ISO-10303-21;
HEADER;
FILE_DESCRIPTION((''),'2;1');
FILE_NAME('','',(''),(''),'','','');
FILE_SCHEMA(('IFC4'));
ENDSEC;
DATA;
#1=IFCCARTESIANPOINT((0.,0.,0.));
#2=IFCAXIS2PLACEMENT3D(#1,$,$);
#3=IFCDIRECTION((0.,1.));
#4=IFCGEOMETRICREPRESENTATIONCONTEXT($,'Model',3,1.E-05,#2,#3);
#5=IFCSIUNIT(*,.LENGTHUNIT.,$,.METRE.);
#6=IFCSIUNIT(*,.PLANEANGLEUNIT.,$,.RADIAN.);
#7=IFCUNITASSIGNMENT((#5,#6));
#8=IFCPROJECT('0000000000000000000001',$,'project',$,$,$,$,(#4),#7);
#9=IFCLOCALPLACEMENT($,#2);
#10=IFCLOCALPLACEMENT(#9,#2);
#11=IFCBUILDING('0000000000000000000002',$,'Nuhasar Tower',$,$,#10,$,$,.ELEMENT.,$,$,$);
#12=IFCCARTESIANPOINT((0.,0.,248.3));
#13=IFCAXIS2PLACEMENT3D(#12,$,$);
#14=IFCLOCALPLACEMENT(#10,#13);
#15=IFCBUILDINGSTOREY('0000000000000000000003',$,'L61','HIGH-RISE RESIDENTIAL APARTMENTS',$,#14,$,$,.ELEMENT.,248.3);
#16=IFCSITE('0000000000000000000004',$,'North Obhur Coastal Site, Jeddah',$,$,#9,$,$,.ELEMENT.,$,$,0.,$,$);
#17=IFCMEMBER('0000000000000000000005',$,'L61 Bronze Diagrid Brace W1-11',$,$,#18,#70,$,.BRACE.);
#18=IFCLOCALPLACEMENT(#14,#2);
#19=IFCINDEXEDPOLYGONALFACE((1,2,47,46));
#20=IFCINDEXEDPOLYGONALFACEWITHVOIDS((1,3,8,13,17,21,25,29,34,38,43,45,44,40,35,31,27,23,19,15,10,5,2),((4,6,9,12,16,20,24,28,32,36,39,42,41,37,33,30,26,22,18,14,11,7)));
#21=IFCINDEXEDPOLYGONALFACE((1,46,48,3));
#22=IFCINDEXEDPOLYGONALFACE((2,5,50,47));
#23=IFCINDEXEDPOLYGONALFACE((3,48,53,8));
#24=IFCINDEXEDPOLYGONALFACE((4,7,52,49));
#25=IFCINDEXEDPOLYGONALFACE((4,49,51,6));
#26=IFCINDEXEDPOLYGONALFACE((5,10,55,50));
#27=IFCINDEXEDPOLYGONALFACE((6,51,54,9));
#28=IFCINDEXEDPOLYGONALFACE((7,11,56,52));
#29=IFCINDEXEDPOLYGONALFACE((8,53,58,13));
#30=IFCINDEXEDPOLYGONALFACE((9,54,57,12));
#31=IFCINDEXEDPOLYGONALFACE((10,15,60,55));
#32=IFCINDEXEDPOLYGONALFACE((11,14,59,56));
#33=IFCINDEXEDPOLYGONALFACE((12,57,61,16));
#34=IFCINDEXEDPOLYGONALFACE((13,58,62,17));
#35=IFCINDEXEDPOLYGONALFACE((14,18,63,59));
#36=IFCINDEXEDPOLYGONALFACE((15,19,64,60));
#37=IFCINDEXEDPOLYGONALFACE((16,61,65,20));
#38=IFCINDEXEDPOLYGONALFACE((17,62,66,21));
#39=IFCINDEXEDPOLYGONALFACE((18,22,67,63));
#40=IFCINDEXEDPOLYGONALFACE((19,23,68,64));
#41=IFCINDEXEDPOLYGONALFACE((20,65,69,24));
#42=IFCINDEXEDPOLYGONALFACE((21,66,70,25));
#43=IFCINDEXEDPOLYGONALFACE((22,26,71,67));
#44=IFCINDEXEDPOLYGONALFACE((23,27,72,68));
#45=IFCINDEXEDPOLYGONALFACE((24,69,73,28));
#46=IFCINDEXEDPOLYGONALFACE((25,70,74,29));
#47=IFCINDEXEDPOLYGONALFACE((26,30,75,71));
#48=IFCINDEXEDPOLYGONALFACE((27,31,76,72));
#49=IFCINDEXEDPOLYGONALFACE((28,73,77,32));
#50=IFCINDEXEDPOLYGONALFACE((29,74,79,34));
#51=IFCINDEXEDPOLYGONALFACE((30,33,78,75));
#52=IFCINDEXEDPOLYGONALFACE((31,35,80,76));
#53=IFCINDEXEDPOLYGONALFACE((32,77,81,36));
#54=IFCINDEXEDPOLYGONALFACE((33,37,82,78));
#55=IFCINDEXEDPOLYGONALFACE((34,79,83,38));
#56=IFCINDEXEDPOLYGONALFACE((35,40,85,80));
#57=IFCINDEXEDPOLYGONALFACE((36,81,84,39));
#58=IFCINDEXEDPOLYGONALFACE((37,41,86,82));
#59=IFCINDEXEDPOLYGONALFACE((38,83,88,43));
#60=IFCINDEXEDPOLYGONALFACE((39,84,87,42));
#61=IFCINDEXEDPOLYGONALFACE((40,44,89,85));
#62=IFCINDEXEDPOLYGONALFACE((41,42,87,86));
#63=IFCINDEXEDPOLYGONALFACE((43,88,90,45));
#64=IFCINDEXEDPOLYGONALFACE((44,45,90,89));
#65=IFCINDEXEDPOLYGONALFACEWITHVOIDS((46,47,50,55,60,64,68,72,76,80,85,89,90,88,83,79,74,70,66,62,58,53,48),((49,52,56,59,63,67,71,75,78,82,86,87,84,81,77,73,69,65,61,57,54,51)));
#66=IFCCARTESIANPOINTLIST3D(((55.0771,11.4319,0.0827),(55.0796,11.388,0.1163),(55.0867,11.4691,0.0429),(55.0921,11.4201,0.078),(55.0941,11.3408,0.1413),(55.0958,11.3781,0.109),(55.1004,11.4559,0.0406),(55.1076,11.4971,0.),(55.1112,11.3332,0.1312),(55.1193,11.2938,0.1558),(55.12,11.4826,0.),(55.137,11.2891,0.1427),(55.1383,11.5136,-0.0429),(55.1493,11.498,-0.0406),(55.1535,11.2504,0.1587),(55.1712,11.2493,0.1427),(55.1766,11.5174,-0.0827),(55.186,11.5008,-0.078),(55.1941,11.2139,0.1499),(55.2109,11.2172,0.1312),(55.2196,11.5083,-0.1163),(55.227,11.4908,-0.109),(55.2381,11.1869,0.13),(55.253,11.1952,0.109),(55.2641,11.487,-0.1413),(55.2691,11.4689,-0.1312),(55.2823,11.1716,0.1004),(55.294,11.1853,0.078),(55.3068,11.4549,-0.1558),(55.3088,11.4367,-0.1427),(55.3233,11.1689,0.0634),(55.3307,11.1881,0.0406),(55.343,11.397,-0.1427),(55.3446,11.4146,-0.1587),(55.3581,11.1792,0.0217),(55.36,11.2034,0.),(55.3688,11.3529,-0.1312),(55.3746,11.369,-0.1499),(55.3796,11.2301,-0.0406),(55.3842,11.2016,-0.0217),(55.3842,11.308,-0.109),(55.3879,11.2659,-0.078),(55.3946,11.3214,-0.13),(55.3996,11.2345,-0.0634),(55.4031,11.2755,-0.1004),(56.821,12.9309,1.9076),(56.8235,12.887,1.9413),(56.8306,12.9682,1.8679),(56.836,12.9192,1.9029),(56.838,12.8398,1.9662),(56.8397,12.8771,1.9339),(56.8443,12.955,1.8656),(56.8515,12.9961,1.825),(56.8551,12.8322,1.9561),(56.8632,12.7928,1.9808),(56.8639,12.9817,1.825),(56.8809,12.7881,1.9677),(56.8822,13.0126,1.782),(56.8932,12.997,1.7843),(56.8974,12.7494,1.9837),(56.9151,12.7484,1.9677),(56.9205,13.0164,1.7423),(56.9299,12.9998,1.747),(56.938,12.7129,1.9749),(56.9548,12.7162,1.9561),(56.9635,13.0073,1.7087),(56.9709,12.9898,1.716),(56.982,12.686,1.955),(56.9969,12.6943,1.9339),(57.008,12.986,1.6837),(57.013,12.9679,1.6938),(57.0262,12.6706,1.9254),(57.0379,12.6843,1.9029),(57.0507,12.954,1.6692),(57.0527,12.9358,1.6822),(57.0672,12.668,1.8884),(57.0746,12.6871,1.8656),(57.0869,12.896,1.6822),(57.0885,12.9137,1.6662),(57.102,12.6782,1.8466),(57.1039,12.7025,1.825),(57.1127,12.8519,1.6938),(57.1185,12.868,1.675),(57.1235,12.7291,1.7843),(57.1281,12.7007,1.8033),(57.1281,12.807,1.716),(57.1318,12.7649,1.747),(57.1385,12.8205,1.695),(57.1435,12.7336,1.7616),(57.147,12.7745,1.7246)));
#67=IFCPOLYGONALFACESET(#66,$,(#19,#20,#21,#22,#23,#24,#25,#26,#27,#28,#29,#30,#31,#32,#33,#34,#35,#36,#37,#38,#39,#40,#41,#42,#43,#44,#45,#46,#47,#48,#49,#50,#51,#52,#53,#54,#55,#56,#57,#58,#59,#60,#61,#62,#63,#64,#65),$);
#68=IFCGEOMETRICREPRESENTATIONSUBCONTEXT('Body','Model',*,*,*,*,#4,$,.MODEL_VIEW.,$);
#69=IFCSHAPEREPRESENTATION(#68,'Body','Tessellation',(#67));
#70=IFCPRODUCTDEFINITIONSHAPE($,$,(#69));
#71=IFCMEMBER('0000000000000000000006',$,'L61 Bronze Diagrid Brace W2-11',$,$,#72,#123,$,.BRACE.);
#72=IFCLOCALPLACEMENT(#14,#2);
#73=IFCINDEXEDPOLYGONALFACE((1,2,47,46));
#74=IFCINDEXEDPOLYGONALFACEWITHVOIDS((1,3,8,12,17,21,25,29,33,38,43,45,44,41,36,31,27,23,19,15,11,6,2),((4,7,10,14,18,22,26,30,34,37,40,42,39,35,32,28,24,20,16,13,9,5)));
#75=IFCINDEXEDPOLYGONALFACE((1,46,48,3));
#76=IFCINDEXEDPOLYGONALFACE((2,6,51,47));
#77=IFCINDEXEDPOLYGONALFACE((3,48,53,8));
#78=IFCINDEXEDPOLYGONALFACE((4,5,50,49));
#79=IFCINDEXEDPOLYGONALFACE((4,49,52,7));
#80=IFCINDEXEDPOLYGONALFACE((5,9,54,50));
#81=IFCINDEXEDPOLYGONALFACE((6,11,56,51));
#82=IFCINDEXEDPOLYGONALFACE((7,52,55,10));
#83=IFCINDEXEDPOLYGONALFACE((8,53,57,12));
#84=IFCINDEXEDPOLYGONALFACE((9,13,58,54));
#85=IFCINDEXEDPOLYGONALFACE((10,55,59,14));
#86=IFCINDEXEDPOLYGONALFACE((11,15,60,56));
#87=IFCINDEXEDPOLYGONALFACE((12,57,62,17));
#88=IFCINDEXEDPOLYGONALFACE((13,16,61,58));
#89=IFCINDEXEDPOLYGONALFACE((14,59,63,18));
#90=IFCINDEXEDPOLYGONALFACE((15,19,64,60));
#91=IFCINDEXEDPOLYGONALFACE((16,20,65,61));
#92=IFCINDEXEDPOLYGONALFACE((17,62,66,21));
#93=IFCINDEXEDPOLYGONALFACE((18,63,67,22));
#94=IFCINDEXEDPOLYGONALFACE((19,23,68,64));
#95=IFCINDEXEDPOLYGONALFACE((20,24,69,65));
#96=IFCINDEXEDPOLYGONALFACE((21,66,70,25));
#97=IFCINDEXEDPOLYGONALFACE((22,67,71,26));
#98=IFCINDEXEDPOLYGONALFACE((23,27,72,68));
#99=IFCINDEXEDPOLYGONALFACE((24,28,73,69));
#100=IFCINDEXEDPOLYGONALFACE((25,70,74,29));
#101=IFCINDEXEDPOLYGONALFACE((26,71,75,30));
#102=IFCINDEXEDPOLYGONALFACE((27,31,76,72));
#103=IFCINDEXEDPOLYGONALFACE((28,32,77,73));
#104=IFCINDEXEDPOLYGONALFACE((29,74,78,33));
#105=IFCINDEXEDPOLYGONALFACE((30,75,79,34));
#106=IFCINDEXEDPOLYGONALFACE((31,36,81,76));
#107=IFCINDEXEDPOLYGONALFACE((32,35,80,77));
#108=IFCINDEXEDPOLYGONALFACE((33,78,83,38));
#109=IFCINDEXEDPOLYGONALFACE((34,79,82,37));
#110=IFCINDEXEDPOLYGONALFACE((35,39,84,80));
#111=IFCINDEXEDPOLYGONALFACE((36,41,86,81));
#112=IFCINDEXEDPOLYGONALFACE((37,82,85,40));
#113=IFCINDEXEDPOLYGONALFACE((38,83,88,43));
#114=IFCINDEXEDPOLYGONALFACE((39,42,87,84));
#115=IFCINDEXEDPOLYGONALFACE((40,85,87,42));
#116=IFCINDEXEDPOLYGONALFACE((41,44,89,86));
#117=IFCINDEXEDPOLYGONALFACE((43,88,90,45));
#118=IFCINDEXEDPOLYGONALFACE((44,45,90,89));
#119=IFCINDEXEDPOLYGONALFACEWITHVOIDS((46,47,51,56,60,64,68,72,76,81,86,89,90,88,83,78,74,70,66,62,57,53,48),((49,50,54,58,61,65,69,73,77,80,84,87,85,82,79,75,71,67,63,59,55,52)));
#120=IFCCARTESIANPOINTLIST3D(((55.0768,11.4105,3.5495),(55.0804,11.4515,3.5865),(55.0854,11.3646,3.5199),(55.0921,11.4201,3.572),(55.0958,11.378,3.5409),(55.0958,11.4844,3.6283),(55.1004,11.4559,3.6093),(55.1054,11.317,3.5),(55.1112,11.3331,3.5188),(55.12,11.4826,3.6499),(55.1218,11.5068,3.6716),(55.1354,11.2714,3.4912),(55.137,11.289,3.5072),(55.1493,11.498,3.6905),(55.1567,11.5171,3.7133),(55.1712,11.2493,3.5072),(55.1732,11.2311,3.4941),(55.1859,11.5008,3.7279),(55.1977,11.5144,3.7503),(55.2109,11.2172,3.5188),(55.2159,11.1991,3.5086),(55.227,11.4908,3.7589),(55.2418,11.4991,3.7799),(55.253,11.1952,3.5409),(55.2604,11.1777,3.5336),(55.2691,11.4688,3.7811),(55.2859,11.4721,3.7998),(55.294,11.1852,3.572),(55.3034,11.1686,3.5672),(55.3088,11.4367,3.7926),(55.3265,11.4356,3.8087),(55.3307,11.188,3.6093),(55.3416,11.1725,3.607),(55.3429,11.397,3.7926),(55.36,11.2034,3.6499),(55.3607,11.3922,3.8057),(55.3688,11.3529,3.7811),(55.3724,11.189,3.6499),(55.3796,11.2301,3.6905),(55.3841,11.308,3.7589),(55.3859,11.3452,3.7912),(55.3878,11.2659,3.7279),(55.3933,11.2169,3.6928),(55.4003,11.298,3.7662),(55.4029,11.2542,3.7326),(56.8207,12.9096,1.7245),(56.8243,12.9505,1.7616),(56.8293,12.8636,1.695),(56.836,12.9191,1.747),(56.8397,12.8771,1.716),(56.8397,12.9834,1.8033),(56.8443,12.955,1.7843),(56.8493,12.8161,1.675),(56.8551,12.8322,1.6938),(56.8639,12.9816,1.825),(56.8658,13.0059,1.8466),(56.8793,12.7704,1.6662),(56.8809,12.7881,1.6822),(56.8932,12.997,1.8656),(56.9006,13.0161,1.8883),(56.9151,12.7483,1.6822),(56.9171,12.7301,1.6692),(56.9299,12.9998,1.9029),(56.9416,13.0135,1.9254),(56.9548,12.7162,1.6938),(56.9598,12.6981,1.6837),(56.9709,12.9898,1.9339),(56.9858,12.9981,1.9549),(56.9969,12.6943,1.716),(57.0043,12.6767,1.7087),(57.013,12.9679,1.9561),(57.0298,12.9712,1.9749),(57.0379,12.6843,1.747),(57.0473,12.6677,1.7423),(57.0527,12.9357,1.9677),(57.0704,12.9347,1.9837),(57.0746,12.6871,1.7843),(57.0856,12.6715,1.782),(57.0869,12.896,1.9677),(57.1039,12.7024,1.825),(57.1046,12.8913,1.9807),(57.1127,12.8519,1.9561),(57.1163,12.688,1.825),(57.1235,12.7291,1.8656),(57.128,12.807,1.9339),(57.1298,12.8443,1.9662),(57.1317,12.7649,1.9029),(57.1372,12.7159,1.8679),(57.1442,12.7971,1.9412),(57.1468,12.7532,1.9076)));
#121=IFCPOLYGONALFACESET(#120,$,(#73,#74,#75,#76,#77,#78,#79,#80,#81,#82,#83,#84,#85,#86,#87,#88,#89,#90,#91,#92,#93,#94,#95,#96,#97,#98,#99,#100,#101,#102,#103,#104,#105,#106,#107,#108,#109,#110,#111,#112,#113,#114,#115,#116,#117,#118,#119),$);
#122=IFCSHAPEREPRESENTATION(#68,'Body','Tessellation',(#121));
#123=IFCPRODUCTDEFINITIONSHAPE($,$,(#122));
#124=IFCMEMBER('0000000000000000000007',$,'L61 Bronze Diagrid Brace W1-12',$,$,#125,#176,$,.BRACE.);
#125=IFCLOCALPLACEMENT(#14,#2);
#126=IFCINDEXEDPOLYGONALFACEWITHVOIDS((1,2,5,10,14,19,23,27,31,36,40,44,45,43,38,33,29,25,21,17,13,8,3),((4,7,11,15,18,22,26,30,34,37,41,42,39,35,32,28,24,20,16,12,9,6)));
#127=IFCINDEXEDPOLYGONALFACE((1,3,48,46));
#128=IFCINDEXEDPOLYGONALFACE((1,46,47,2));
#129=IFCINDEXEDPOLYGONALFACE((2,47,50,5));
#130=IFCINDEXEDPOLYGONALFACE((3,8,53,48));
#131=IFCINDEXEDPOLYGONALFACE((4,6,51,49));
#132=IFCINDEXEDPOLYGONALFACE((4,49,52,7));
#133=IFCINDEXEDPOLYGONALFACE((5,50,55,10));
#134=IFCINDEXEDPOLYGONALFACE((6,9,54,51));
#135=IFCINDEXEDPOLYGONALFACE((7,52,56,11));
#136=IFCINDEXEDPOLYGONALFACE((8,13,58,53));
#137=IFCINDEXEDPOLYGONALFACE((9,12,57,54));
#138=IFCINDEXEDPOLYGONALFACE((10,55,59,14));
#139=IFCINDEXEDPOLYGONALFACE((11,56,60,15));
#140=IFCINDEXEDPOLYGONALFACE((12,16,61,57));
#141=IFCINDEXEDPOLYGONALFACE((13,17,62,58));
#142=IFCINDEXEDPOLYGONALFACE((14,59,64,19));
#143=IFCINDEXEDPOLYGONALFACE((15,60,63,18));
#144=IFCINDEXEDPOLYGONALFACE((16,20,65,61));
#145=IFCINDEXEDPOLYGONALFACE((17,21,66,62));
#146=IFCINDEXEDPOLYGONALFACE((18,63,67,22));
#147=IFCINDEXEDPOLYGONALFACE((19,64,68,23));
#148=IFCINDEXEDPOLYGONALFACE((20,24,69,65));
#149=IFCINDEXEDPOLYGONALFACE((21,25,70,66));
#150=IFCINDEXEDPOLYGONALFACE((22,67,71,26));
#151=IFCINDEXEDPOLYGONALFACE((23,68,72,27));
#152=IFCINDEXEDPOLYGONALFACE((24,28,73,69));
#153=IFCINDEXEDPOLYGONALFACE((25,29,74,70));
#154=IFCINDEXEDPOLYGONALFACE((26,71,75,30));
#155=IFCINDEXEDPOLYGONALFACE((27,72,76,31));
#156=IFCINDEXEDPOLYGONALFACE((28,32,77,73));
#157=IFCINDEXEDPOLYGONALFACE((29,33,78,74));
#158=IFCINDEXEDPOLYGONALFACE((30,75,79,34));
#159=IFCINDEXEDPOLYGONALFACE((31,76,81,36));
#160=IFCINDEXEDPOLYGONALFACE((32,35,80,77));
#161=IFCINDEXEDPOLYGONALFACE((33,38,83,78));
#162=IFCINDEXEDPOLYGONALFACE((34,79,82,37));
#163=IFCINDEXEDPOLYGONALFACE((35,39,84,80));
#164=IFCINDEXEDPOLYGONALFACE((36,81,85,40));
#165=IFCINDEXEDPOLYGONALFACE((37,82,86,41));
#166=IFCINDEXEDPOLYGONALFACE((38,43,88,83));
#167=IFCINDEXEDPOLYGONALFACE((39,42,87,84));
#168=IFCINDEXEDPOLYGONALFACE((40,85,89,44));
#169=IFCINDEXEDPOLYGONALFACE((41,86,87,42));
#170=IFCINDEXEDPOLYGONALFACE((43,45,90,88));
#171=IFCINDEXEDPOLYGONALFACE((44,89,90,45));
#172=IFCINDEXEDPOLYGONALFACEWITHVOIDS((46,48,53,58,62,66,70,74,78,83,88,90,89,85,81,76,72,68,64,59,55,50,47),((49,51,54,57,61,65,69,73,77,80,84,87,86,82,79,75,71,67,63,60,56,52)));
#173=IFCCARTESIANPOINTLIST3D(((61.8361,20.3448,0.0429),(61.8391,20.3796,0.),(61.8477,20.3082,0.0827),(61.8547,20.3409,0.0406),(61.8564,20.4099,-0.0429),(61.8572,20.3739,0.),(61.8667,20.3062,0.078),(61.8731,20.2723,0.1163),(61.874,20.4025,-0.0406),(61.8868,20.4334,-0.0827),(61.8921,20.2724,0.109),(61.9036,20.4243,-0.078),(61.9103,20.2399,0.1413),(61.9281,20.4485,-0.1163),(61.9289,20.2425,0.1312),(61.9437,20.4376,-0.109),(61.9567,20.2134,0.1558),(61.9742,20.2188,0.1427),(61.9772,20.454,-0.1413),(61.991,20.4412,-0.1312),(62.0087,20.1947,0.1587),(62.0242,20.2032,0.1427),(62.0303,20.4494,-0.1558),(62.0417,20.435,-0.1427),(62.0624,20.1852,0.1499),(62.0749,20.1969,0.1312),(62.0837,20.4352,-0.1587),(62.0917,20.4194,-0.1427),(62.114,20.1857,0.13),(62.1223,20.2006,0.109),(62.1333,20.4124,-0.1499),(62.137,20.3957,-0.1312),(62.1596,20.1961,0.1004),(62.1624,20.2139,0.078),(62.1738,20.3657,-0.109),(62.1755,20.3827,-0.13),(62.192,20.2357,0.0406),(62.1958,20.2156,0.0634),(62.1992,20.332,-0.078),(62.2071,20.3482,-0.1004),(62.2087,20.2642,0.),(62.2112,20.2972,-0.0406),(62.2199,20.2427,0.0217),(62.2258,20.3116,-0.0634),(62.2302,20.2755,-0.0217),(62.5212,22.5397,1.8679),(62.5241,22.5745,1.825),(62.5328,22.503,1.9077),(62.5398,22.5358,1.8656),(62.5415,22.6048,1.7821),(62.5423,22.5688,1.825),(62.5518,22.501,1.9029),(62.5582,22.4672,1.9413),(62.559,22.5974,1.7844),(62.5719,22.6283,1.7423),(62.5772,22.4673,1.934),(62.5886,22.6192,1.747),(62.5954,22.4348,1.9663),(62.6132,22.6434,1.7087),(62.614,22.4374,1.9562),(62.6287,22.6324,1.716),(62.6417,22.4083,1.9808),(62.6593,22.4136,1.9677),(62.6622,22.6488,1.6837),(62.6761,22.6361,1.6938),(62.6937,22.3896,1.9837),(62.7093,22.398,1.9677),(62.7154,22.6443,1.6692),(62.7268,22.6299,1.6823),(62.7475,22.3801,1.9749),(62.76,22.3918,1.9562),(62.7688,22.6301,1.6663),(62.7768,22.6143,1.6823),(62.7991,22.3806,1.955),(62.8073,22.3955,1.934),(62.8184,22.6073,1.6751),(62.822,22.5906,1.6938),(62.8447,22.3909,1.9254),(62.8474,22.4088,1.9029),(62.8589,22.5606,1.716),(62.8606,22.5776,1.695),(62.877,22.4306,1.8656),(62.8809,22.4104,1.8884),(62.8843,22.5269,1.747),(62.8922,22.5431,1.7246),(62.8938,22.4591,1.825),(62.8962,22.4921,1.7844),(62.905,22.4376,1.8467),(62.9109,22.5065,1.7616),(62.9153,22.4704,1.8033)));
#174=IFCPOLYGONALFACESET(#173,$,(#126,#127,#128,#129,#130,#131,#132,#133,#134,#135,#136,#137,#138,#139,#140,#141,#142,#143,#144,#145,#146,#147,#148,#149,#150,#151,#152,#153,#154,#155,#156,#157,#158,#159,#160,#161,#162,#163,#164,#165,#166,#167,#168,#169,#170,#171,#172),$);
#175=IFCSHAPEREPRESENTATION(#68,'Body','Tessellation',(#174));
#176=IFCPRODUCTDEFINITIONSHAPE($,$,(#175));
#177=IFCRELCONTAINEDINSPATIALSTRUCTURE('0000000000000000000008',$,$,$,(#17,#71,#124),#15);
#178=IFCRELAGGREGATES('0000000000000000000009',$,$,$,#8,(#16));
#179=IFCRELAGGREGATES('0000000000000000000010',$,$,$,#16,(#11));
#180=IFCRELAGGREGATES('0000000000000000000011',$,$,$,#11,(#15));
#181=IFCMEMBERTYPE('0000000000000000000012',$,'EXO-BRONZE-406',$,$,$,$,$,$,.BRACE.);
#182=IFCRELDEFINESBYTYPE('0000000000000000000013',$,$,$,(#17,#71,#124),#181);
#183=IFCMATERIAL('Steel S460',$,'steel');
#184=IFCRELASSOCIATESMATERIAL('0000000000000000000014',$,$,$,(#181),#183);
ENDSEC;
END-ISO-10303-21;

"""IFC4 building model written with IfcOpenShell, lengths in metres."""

from ifc_helpers import new_model, si_unit, direction, frame, origin, origin_2d, place, context, subcontext, project, spatial, hollow_circle, extrude, material, material_profile, profile_set, type_object, element, save


model = new_model("IFC4")

# Units and contexts
model_context = context("Model", 3, precision=1e-05, world=origin(), true_north=direction((0.0, 1.0)))
body_context = subcontext(model_context, "Body", "Model", "MODEL_VIEW")
ifc_project = project(units=[si_unit("LENGTHUNIT", "METRE"), si_unit("PLANEANGLEUNIT", "RADIAN")], contexts=[model_context])

# Site, building, storey
site_placement = place(None, origin())
site = spatial("IfcSite", under=ifc_project, at=site_placement, Name="North Obhur Coastal Site, Jeddah", CompositionType="ELEMENT", RefElevation=0.0)
building_placement = place(site_placement, origin())
building = spatial("IfcBuilding", under=site, at=building_placement, Name="Nuhasar Tower", CompositionType="ELEMENT")
storey_placement = place(building_placement, frame((0.0, 0.0, 248.3)))
storey = spatial("IfcBuildingStorey", under=building, at=storey_placement, Name="L61", Description="HIGH-RISE RESIDENTIAL APARTMENTS", CompositionType="ELEMENT", Elevation=248.3)

# Members
ifc_material_1 = material(Name="Steel S460", Category="steel")
ifc_material_profile_1 = material_profile(ifc_material_1, hollow_circle(Radius=0.2031, WallThickness=0.019, at=origin_2d()), Name="HSS406.4X19.1")
ifc_profile_set_1 = profile_set([ifc_material_profile_1], Name="Steel S460")
member_type_1 = type_object("IfcMemberType", Name="EXO-BRONZE-406", PredefinedType="BRACE", material=ifc_profile_set_1)
for number, where, z_axis, x_axis, name in (
    (1, (55.24, 11.343, 0.0), (0.594019, 0.510608, 0.621628), (-0.651857, 0.758342, 0.0), "L61 Bronze Diagrid Brace W1-11"),
    (2, (56.9839, 12.842, 1.825), (-0.594019, -0.510608, 0.621628), (0.651857, -0.758342, 0.0), "L61 Bronze Diagrid Brace W2-11"),
):
    element("IfcMember", number, at=place(storey_placement, frame(where, z_axis=z_axis, x_axis=x_axis)), inside=storey, type_object=member_type_1, Name=name, PredefinedType="BRACE", context=body_context, shape_type="SweptSolid", body=[
        extrude(hollow_circle(Radius=0.2031, WallThickness=0.019, at=origin_2d()), origin(), (0.0, 0.0, 1.0), 2.9358),
    ])
for number, where, z_axis, x_axis, name in (
    (3, (62.033, 20.3191, 0.0), (0.233372, 0.74769, 0.621689), (-0.954582, 0.297948, 0.0), "L61 Bronze Diagrid Brace W1-12"),
):
    element("IfcMember", number, at=place(storey_placement, frame(where, z_axis=z_axis, x_axis=x_axis)), inside=storey, type_object=member_type_1, Name=name, PredefinedType="BRACE", context=body_context, shape_type="SweptSolid", body=[
        extrude(hollow_circle(Radius=0.2031, WallThickness=0.019, at=origin_2d()), origin(), (0.0, 0.0, 1.0), 2.9355),
    ])

save(model, "model.ifc")
